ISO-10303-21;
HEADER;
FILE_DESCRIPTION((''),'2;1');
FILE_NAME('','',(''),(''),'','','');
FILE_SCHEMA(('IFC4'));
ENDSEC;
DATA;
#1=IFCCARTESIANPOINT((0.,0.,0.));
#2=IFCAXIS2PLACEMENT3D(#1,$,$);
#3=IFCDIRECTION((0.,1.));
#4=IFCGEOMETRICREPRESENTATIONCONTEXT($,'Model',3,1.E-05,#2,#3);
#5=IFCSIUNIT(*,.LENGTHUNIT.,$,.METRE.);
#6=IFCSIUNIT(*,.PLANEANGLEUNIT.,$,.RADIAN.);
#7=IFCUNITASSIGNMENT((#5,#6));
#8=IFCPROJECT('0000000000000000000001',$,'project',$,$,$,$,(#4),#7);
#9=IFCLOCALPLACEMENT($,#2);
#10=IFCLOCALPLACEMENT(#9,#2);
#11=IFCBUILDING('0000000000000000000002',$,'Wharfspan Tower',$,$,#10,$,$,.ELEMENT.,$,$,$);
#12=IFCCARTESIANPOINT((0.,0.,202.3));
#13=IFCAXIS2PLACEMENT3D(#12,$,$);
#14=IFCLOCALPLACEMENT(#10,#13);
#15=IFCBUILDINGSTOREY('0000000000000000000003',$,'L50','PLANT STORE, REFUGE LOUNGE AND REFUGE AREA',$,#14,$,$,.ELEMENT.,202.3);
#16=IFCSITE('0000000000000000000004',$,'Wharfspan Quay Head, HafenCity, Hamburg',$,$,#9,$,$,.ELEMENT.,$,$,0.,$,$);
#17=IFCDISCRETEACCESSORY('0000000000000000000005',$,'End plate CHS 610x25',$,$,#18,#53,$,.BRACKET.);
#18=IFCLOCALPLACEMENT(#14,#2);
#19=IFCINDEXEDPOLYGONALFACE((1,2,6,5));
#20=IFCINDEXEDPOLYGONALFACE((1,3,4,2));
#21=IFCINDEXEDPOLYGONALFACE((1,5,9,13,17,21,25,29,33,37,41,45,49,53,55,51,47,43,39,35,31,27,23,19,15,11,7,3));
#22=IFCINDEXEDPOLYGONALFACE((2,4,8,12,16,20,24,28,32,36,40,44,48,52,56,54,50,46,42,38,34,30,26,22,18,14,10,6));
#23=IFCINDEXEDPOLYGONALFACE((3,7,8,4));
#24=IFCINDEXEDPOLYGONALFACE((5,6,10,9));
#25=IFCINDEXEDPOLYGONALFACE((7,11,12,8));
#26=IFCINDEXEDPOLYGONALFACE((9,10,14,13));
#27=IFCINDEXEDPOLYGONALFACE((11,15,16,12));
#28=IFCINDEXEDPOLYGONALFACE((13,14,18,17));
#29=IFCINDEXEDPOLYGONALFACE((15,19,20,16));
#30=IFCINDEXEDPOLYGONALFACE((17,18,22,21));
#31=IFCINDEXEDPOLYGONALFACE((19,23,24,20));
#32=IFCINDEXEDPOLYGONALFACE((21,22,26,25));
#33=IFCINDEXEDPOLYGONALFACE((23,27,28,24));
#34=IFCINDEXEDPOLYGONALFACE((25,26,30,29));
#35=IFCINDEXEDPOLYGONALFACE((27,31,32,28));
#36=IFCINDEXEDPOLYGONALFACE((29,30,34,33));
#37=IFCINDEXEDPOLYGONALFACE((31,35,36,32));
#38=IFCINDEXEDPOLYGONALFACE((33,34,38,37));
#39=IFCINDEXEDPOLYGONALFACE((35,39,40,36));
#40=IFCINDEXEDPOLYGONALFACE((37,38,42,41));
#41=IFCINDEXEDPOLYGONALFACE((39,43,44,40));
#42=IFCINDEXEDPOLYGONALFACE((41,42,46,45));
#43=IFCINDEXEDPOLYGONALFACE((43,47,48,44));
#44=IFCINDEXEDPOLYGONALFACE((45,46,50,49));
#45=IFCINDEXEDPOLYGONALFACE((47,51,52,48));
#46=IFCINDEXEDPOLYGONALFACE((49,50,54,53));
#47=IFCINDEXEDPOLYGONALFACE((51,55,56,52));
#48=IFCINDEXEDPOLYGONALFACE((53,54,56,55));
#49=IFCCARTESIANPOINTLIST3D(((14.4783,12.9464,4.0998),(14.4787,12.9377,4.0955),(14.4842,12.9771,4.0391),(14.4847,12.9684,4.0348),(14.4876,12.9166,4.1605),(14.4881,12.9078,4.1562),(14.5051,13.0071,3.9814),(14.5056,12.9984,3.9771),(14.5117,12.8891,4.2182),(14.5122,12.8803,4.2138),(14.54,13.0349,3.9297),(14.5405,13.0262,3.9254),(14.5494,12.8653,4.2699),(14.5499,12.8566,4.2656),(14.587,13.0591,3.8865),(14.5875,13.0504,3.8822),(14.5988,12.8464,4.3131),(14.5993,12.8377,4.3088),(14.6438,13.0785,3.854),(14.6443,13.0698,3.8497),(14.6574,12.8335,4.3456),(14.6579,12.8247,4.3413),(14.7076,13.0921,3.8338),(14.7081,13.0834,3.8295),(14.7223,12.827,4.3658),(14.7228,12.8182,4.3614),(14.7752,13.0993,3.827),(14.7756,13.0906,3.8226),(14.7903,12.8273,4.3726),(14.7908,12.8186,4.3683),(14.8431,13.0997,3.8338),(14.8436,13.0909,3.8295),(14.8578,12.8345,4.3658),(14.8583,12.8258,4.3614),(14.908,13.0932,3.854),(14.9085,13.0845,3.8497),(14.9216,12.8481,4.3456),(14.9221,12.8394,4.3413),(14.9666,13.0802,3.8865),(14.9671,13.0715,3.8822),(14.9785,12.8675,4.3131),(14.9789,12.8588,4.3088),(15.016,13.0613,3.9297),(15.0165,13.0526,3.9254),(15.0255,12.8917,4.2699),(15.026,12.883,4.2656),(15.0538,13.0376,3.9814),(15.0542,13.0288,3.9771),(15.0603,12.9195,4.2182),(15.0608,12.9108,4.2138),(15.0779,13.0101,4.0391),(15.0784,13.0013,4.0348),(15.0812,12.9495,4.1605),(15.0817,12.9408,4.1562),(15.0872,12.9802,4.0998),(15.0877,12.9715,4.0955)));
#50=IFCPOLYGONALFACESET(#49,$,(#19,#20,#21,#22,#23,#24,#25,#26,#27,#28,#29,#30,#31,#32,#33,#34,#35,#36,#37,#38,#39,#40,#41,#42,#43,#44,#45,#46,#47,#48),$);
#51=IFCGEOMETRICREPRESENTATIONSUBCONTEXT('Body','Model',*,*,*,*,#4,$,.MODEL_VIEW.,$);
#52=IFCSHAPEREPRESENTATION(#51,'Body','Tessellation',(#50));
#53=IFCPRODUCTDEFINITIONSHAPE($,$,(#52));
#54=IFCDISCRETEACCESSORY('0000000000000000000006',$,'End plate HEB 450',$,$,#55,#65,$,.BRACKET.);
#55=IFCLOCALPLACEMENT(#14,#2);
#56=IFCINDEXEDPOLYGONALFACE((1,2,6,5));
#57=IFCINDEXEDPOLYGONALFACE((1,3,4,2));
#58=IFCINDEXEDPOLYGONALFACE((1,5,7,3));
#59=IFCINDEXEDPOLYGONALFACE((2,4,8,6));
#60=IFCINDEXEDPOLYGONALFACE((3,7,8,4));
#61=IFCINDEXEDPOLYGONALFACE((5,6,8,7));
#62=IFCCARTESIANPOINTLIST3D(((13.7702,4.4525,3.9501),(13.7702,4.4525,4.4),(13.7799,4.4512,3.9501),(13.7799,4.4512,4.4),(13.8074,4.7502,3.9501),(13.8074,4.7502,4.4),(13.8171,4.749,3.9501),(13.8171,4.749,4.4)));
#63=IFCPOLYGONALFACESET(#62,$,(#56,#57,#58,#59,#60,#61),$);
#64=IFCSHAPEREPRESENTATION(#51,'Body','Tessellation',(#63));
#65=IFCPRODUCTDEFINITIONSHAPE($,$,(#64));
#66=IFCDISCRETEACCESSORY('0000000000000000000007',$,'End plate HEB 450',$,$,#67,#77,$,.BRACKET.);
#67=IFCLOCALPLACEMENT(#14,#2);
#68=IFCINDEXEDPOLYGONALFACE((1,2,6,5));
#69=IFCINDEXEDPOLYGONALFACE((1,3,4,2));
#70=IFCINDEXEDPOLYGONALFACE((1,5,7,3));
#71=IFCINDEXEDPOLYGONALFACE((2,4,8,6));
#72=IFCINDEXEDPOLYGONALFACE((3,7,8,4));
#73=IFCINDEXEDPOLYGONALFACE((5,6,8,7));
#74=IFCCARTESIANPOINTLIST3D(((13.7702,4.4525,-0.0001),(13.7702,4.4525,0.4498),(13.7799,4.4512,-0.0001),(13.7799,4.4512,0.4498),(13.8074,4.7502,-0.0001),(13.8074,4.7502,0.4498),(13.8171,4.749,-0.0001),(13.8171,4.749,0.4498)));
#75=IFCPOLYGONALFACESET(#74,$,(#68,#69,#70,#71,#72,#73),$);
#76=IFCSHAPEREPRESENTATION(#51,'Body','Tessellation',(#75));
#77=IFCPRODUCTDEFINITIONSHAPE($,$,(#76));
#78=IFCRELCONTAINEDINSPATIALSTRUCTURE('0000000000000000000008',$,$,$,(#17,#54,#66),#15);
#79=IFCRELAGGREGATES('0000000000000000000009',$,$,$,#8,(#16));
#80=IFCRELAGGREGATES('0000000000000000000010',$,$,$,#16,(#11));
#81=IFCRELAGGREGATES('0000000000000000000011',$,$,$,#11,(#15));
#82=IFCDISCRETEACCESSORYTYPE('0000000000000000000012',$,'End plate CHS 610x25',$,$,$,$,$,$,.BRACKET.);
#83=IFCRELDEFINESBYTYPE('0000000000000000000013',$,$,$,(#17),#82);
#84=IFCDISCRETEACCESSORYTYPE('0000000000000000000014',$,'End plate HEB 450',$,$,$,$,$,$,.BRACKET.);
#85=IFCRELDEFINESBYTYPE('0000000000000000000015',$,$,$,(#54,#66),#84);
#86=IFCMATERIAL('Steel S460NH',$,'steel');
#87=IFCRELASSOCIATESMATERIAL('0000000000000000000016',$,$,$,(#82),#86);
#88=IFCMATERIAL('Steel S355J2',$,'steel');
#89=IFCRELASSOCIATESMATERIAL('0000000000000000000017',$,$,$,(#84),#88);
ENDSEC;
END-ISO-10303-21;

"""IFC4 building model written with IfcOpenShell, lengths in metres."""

from ifc_helpers import new_model, si_unit, direction, frame, origin, origin_2d, place, context, subcontext, project, spatial, rectangle, circle, extrude, material, material_profile, profile_set, type_object, element, save


model = new_model("IFC4")

# Units and contexts
model_context = context("Model", 3, precision=1e-05, world=origin(), true_north=direction((0.0, 1.0)))
body_context = subcontext(model_context, "Body", "Model", "MODEL_VIEW")
ifc_project = project(units=[si_unit("LENGTHUNIT", "METRE"), si_unit("PLANEANGLEUNIT", "RADIAN")], contexts=[model_context])

# Site, building, storey
site_placement = place(None, origin())
site = spatial("IfcSite", under=ifc_project, at=site_placement, Name="Wharfspan Quay Head, HafenCity, Hamburg", CompositionType="ELEMENT", RefElevation=0.0)
building_placement = place(site_placement, origin())
building = spatial("IfcBuilding", under=site, at=building_placement, Name="Wharfspan Tower", CompositionType="ELEMENT")
storey_placement = place(building_placement, frame((0.0, 0.0, 202.3)))
storey = spatial("IfcBuildingStorey", under=building, at=storey_placement, Name="L50", Description="PLANT STORE, REFUGE LOUNGE AND REFUGE AREA", CompositionType="ELEMENT", Elevation=202.3)

# Shared definitions
ifc_material_1 = material(Name="Steel S355J2", Category="steel")

# Shared definitions
ifc_material_2 = material(Name="Steel S460NH", Category="steel")

# Discrete accessories
ifc_material_profile_1 = material_profile(ifc_material_2, circle(Radius=0.3049, at=origin_2d()))
ifc_profile_set_1 = profile_set([ifc_material_profile_1], Name="Steel S460NH")
discrete_accessory_type_1 = type_object("IfcDiscreteAccessoryType", Name="End plate CHS 610x25", PredefinedType="BRACKET", material=ifc_profile_set_1)
discrete_accessory_placement = place(storey_placement, frame((14.7832, 12.9546, 4.0955), z_axis=(-0.049629, 0.893325, 0.446663), x_axis=(-0.998463, -0.05547, 0.0)))
element("IfcDiscreteAccessory", 1, at=discrete_accessory_placement, inside=storey, type_object=discrete_accessory_type_1, Name="End plate CHS 610x25", PredefinedType="BRACKET", context=body_context, shape_type="SweptSolid", body=[
    extrude(circle(Radius=0.3049, at=origin_2d()), origin(), (0.0, 0.0, 1.0), 0.0098),
])
ifc_material_profile_2 = material_profile(ifc_material_1, rectangle(XDim=0.3, YDim=0.45, at=origin_2d()))
ifc_profile_set_2 = profile_set([ifc_material_profile_2], Name="Steel S355J2")
discrete_accessory_type_2 = type_object("IfcDiscreteAccessoryType", Name="End plate HEB 450", PredefinedType="BRACKET", material=ifc_profile_set_2)
for number, where, z_axis, x_axis, name in (
    (2, (13.7888, 4.6013, 4.175), (0.992278, -0.124035, 0.0), (0.124035, 0.992278, 0.0), "End plate HEB 450"),
    (3, (13.7888, 4.6013, 0.2249), (0.992278, -0.124035, 0.0), (0.124035, 0.992278, 0.0), "End plate HEB 450"),
):
    element("IfcDiscreteAccessory", number, at=place(storey_placement, frame(where, z_axis=z_axis, x_axis=x_axis)), inside=storey, type_object=discrete_accessory_type_2, Name=name, PredefinedType="BRACKET", context=body_context, shape_type="SweptSolid", body=[
        extrude(rectangle(XDim=0.3, YDim=0.45, at=origin_2d()), origin(), (0.0, 0.0, 1.0), 0.0098),
    ])

save(model, "model.ifc")
